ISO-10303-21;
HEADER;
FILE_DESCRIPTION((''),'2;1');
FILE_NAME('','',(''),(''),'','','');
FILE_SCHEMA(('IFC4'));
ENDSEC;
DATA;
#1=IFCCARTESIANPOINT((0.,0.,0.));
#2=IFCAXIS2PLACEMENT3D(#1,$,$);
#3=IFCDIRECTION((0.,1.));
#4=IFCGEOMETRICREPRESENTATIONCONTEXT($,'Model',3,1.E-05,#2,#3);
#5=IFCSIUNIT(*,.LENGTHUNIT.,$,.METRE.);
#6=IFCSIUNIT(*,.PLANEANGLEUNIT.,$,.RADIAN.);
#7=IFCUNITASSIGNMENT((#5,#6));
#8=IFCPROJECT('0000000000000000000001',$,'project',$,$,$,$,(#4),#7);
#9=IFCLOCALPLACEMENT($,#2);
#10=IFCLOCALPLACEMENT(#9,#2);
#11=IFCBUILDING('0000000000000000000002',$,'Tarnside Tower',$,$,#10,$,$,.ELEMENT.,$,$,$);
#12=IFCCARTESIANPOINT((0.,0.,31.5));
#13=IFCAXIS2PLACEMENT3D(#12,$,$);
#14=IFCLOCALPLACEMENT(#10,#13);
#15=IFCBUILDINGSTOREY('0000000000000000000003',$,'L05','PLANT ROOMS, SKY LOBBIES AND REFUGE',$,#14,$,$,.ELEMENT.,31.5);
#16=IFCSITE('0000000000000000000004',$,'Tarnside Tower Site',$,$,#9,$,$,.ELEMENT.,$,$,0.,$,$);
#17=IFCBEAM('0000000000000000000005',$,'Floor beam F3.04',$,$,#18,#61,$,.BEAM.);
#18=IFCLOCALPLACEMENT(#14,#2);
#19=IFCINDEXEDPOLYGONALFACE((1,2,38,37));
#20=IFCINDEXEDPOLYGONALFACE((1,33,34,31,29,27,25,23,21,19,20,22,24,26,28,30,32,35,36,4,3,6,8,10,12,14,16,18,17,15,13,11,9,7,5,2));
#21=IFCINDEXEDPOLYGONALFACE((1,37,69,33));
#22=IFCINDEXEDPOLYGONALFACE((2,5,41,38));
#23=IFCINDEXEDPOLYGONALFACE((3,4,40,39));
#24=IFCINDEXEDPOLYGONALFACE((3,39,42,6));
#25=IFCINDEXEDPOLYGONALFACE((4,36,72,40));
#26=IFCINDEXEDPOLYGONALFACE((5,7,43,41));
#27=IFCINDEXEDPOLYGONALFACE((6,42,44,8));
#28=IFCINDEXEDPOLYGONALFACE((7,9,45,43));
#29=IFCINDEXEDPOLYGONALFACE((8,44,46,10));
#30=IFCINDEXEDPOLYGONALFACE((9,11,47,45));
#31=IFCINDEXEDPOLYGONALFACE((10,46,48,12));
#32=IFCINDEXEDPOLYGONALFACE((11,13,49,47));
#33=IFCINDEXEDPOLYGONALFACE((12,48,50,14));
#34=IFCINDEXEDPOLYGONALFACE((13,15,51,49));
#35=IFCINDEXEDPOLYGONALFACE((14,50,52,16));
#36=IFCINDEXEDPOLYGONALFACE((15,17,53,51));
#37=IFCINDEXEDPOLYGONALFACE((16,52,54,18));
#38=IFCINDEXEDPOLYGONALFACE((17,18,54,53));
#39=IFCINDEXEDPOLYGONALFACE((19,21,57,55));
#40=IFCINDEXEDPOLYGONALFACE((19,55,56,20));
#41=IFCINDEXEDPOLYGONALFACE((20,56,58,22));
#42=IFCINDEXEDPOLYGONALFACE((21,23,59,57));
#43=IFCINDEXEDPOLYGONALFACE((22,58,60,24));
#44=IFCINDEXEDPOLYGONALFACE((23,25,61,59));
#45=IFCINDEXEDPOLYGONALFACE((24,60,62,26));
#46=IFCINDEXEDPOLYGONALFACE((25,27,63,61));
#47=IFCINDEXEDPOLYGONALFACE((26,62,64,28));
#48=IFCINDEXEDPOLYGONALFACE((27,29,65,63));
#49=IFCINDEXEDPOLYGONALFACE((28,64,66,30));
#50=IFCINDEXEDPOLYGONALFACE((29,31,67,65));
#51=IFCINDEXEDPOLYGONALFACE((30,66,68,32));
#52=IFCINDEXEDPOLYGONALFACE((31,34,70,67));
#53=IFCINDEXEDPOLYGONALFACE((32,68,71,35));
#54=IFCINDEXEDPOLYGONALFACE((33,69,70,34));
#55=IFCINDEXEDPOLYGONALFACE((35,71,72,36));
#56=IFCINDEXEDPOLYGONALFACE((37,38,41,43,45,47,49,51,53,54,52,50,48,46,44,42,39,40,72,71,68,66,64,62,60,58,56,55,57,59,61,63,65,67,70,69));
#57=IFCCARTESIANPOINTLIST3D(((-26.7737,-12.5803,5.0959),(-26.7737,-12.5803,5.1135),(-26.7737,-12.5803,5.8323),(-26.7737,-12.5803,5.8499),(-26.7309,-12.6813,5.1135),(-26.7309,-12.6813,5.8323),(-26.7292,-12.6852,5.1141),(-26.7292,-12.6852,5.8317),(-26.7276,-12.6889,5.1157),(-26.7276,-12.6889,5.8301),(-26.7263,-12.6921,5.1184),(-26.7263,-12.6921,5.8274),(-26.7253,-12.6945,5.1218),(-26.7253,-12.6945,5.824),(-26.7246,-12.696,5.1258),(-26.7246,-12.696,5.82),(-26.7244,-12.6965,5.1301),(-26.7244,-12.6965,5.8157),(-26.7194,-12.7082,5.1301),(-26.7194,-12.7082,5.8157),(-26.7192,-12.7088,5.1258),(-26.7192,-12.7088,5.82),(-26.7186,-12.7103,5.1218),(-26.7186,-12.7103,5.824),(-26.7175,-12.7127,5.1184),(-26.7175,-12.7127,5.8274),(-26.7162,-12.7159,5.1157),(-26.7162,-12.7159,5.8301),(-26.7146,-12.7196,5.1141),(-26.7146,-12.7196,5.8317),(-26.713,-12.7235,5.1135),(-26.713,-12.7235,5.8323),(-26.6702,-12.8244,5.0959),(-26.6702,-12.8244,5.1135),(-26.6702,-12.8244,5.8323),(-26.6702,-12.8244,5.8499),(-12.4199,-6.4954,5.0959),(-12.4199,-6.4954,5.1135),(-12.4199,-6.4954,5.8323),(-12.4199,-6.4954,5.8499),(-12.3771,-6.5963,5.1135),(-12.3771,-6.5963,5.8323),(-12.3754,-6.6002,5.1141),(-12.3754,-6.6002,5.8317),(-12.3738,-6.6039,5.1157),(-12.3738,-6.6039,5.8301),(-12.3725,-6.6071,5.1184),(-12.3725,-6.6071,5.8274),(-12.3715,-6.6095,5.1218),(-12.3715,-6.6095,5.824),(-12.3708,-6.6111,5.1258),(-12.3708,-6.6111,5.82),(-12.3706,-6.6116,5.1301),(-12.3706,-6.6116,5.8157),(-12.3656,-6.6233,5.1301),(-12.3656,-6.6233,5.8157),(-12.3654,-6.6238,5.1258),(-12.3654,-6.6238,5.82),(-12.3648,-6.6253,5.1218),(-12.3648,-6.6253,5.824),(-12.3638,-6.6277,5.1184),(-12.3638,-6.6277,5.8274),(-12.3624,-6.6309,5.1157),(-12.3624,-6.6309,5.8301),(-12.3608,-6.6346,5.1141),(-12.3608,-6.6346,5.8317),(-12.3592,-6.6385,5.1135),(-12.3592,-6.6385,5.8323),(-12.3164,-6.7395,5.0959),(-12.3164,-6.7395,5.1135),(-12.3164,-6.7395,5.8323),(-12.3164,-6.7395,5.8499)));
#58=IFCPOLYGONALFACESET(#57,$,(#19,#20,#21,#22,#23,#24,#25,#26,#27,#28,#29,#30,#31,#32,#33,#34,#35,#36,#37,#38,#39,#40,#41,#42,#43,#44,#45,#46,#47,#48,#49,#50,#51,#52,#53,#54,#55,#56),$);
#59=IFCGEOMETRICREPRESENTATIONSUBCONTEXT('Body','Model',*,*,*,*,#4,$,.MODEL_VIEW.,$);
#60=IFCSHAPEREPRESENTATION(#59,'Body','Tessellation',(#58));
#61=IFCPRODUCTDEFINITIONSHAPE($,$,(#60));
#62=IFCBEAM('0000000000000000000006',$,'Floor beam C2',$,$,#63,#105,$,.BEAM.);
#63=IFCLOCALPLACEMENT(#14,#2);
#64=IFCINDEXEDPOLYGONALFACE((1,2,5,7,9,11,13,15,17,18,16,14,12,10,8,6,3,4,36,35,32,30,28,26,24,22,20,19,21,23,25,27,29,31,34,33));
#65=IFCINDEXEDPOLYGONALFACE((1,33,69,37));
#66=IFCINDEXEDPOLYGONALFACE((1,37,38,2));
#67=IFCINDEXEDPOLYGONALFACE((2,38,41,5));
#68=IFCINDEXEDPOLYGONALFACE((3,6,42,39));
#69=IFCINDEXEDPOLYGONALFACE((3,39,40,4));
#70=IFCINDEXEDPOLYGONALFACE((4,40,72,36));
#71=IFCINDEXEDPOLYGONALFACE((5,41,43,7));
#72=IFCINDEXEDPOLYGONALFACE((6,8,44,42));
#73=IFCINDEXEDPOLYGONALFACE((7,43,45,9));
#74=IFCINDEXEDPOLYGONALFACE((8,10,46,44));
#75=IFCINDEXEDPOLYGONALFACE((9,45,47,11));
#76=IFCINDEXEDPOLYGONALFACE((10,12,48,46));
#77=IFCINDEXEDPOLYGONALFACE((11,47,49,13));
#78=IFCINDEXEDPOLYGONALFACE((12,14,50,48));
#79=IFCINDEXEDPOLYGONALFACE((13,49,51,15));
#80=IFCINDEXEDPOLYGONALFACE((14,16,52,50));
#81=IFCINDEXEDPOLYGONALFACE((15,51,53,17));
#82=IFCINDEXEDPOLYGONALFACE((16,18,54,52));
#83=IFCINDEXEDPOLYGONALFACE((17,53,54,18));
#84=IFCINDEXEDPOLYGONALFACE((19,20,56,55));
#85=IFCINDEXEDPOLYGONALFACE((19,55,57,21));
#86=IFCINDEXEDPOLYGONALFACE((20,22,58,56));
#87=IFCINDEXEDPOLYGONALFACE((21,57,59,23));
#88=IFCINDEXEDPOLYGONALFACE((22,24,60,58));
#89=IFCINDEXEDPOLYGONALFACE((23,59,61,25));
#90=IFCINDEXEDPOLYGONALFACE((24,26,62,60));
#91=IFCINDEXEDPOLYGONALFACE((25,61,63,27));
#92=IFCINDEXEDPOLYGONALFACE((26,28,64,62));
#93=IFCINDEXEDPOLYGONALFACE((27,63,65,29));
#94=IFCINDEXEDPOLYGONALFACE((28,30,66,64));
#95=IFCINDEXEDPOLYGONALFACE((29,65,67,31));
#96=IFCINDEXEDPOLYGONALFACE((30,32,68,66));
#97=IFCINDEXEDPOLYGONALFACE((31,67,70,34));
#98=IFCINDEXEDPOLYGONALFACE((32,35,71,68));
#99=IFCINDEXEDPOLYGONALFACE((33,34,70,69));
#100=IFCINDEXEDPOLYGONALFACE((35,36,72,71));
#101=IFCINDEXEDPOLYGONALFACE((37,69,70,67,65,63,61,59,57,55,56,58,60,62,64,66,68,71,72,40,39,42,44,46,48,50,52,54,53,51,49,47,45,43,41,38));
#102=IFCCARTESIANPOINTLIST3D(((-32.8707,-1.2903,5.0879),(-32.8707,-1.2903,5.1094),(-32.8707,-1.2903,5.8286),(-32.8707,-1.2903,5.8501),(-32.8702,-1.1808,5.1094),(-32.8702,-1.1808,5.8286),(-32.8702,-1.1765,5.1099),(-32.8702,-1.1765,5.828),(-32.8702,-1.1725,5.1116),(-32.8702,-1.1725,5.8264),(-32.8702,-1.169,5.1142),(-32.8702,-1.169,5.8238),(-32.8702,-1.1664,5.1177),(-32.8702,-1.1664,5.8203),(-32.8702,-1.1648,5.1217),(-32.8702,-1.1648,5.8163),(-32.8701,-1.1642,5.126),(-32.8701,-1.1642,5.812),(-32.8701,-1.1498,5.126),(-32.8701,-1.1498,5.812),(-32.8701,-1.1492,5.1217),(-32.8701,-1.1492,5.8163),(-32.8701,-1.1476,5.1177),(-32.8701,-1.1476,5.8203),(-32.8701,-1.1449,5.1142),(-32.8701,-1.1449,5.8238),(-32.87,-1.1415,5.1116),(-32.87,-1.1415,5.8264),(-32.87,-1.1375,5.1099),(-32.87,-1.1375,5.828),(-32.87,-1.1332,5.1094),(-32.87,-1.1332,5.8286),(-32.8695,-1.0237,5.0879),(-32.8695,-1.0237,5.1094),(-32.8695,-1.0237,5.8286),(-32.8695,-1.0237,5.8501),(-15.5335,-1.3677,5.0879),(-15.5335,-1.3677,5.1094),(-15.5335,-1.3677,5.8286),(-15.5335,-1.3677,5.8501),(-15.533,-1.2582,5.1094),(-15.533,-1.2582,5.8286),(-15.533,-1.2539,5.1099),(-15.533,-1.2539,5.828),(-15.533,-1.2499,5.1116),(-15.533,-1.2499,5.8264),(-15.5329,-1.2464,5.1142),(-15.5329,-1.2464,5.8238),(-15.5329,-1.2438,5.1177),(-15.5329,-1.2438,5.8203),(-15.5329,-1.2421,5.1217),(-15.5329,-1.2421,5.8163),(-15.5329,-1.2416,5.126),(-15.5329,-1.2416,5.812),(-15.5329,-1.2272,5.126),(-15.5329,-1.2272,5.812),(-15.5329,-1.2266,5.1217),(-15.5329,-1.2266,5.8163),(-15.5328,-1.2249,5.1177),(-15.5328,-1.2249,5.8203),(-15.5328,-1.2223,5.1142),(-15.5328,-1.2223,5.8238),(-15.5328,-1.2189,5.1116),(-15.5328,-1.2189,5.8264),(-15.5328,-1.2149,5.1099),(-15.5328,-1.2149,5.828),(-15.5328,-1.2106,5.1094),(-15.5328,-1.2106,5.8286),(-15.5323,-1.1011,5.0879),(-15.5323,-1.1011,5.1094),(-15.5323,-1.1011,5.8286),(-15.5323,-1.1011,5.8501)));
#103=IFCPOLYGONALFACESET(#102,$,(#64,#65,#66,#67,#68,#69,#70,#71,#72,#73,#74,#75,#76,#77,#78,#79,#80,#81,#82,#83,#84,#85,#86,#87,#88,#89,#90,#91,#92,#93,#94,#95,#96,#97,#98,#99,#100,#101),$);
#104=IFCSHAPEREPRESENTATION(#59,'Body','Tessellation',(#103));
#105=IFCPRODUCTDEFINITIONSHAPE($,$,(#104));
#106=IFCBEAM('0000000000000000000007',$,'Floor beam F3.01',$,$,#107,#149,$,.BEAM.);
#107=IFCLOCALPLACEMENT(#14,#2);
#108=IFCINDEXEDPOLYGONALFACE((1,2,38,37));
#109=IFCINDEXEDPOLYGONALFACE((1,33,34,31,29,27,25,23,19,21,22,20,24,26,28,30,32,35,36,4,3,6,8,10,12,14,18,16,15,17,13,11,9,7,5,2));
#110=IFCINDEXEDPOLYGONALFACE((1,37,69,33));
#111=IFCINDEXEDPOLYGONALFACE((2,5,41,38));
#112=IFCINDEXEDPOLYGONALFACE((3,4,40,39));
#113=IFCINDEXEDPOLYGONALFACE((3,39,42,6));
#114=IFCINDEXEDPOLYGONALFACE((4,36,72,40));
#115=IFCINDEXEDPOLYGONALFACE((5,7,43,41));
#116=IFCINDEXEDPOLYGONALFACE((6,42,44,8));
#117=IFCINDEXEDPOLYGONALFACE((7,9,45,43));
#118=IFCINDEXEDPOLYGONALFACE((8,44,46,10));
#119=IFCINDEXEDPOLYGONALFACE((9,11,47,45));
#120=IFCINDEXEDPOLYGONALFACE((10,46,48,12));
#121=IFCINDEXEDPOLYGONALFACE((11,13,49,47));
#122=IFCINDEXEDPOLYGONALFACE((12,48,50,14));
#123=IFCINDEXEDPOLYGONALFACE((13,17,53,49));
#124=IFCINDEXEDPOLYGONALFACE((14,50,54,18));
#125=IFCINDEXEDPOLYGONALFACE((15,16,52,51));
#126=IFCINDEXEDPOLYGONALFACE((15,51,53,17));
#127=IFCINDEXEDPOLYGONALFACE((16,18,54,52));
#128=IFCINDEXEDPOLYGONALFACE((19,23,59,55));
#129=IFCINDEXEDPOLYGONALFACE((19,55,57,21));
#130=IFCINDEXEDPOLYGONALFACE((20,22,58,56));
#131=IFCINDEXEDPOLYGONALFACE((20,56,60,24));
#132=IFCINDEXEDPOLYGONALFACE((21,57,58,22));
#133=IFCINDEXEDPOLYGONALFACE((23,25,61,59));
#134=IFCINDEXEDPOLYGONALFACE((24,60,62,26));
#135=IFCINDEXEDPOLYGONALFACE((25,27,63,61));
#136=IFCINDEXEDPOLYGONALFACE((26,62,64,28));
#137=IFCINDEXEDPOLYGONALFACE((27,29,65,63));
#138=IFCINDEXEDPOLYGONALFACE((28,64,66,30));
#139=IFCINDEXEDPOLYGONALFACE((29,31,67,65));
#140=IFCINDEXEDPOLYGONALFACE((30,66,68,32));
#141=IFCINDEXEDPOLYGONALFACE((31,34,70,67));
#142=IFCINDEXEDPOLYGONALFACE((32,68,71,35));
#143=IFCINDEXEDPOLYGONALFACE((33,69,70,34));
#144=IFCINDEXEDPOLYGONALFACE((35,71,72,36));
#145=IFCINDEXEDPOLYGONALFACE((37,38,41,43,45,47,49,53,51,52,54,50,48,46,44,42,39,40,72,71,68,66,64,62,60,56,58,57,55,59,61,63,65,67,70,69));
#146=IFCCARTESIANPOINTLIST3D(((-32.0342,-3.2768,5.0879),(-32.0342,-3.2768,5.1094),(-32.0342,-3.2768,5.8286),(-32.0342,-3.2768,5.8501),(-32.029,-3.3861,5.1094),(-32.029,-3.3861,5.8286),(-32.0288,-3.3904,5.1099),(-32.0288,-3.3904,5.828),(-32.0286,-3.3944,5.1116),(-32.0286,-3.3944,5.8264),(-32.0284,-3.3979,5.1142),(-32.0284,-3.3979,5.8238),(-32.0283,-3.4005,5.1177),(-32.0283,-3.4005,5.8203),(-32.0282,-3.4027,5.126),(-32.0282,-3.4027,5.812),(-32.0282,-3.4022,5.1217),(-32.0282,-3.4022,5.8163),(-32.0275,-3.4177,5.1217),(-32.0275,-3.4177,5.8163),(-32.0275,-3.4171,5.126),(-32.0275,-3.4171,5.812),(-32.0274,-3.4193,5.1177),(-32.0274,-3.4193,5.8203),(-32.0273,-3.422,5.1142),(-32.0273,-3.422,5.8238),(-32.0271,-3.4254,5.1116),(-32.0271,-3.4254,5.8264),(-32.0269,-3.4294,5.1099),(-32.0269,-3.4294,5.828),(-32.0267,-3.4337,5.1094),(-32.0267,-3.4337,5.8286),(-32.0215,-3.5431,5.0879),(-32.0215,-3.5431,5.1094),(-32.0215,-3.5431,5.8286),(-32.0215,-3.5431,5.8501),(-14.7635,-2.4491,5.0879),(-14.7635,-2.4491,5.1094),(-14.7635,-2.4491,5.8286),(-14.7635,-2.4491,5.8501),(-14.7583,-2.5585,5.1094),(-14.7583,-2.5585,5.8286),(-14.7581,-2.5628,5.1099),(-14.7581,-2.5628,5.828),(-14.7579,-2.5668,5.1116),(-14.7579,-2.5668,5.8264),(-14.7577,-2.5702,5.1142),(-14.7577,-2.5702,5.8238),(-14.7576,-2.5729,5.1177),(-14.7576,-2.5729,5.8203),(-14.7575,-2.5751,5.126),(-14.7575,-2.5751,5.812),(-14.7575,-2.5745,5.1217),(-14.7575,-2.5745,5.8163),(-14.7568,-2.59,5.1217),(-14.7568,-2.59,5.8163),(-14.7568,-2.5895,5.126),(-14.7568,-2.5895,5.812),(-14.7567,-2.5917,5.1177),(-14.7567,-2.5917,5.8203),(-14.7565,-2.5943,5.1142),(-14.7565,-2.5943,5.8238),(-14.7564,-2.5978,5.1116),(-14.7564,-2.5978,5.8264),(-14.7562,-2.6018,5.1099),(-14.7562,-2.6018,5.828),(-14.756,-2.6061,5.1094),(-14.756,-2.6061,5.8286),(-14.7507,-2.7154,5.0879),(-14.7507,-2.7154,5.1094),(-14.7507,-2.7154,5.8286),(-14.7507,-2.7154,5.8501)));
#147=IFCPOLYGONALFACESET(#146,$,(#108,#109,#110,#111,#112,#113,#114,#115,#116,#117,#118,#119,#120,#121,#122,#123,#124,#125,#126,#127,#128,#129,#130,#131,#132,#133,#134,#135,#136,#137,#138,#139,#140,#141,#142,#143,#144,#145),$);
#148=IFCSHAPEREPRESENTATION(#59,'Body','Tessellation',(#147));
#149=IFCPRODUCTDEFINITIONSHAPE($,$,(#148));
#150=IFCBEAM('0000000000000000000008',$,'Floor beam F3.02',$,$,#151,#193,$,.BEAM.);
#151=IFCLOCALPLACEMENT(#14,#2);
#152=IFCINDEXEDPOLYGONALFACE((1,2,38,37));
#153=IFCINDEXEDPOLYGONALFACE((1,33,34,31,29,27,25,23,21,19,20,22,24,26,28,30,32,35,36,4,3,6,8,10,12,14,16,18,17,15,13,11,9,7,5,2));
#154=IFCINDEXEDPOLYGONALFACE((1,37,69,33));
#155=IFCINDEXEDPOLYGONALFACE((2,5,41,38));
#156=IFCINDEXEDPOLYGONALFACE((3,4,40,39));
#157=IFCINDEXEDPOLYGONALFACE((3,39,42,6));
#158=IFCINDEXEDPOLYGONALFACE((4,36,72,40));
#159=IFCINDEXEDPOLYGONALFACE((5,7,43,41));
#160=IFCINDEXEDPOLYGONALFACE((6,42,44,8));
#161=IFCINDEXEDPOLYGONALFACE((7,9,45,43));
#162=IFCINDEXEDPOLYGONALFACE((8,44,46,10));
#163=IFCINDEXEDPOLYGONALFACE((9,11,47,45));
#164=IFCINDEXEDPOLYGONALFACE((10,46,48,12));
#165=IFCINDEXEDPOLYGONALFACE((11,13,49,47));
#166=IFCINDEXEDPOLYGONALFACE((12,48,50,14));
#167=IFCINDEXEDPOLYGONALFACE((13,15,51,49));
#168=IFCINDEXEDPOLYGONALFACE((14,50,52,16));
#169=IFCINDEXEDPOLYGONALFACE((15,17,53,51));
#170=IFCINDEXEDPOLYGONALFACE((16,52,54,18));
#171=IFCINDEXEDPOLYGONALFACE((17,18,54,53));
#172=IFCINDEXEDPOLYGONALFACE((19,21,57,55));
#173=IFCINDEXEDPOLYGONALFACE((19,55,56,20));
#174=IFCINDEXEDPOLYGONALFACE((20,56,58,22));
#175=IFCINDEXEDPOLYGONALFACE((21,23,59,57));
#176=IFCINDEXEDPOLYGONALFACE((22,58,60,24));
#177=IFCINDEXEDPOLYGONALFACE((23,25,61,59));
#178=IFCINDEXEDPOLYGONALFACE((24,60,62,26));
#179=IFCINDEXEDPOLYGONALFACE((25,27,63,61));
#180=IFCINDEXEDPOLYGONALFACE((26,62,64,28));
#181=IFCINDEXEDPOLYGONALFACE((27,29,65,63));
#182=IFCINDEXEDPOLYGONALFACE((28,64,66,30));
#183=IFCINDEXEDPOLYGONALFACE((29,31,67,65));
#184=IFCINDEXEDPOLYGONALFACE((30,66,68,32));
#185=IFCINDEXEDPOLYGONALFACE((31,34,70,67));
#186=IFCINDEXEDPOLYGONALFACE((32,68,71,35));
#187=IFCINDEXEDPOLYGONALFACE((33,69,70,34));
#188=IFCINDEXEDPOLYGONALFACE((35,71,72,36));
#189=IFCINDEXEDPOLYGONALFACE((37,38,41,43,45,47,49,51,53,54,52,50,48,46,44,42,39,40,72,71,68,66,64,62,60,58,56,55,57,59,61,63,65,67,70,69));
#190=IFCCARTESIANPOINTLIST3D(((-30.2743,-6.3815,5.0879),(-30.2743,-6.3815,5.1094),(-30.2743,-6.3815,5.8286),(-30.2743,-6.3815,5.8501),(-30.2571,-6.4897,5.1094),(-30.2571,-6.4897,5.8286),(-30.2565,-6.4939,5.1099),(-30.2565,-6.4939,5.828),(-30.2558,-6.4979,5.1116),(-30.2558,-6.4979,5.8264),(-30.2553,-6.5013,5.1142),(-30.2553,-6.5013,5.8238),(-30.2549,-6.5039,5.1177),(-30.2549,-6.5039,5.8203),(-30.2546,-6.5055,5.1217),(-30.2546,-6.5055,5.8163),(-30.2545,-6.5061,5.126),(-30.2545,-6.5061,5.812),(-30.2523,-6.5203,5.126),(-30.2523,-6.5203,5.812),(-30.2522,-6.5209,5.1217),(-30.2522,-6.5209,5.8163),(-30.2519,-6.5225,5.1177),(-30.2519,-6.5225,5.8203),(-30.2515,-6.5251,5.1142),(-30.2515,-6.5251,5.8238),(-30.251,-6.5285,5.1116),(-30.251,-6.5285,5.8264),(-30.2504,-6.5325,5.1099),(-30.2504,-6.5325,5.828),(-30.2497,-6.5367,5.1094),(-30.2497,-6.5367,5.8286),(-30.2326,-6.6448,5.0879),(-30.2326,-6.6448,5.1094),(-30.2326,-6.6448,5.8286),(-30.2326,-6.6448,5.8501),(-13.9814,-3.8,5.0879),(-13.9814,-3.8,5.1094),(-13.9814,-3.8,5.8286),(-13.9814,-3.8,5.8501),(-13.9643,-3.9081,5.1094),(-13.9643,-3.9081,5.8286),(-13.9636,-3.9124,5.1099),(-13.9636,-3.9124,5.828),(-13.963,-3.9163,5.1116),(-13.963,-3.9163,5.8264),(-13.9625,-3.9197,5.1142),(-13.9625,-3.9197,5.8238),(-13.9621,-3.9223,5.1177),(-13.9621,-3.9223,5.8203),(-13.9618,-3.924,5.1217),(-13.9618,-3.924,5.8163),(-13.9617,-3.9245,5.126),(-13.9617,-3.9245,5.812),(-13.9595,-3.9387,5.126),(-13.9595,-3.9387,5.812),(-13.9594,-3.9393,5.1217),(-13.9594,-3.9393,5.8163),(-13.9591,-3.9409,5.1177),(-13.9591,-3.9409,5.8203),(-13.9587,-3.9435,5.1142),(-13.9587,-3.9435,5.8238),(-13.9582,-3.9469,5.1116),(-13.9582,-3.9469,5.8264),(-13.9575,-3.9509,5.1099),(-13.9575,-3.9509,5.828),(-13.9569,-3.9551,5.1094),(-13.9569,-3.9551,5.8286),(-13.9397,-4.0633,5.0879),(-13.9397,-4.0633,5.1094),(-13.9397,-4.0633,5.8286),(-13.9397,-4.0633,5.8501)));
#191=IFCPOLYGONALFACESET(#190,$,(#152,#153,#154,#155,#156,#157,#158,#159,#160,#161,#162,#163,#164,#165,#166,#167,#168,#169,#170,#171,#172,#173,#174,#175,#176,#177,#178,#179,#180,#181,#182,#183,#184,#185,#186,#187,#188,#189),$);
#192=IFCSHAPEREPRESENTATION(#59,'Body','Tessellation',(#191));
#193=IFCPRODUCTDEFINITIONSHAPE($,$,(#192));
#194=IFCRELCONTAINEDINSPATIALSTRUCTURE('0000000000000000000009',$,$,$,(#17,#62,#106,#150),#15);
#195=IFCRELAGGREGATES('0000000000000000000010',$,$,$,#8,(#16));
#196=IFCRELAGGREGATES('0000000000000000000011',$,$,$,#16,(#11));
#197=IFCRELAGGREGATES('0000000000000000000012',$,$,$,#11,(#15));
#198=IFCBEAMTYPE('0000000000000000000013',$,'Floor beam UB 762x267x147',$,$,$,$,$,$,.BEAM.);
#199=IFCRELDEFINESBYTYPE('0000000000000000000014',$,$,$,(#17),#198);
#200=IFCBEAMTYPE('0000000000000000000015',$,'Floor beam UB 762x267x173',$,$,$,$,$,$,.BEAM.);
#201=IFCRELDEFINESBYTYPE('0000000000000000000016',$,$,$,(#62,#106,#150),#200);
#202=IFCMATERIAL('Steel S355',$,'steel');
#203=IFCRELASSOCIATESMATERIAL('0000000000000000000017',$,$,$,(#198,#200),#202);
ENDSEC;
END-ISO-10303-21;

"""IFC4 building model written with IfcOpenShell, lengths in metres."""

from ifc_helpers import new_model, si_unit, direction, frame, origin, origin_2d, place, context, subcontext, project, spatial, i_section, extrude, material, material_profile, profile_set, type_object, element, save


model = new_model("IFC4")

# Units and contexts
model_context = context("Model", 3, precision=1e-05, world=origin(), true_north=direction((0.0, 1.0)))
body_context = subcontext(model_context, "Body", "Model", "MODEL_VIEW")
ifc_project = project(units=[si_unit("LENGTHUNIT", "METRE"), si_unit("PLANEANGLEUNIT", "RADIAN")], contexts=[model_context])

# Site, building, storey
site_placement = place(None, origin())
site = spatial("IfcSite", under=ifc_project, at=site_placement, Name="Tarnside Tower Site", CompositionType="ELEMENT", RefElevation=0.0)
building_placement = place(site_placement, origin())
building = spatial("IfcBuilding", under=site, at=building_placement, Name="Tarnside Tower", CompositionType="ELEMENT")
storey_placement = place(building_placement, frame((0.0, 0.0, 31.5)))
storey = spatial("IfcBuildingStorey", under=building, at=storey_placement, Name="L05", Description="PLANT ROOMS, SKY LOBBIES AND REFUGE", CompositionType="ELEMENT", Elevation=31.5)

# Beams
ifc_material_1 = material(Name="Steel S355", Category="steel")
ifc_material_profile_1 = material_profile(ifc_material_1, i_section(OverallWidth=0.2651, OverallDepth=0.7539, WebThickness=0.0127, FlangeThickness=0.0176, FilletRadius=0.0166, at=origin_2d()), Name="UB 762x267x147")
ifc_profile_set_1 = profile_set([ifc_material_profile_1], Name="Steel S355")
beam_type_1 = type_object("IfcBeamType", Name="Floor beam UB 762x267x147", PredefinedType="BEAM", material=ifc_profile_set_1)
beam_1_placement = place(storey_placement, frame((-26.7219, -12.7024, 5.4729), z_axis=(0.920686, 0.390305, 0.0), x_axis=(-0.390305, 0.920686, 0.0)))
element("IfcBeam", 1, at=beam_1_placement, inside=storey, type_object=beam_type_1, Name="Floor beam F3.04", PredefinedType="BEAM", context=body_context, shape_type="SweptSolid", body=[
    extrude(i_section(OverallWidth=0.2651, OverallDepth=0.7539, WebThickness=0.0127, FlangeThickness=0.0176, FilletRadius=0.0166, at=origin_2d()), origin(), (0.0, 0.0, 1.0), 15.5903),
])
ifc_material_profile_2 = material_profile(ifc_material_1, i_section(OverallWidth=0.2666, OverallDepth=0.7622, WebThickness=0.0144, FlangeThickness=0.0215, FilletRadius=0.0166, at=origin_2d()), Name="UB 762x267x173")
ifc_profile_set_2 = profile_set([ifc_material_profile_2], Name="Steel S355")
beam_type_2 = type_object("IfcBeamType", Name="Floor beam UB 762x267x173", PredefinedType="BEAM", material=ifc_profile_set_2)
beam_2_placement = place(storey_placement, frame((-32.8701, -1.157, 5.469), z_axis=(0.99999, -0.004464, 0.0), x_axis=(0.004464, 0.99999, 0.0)))
element("IfcBeam", 2, at=beam_2_placement, inside=storey, type_object=beam_type_2, Name="Floor beam C2", PredefinedType="BEAM", context=body_context, shape_type="SweptSolid", body=[
    extrude(i_section(OverallWidth=0.2666, OverallDepth=0.7622, WebThickness=0.0144, FlangeThickness=0.0215, FilletRadius=0.0166, at=origin_2d()), origin(), (0.0, 0.0, 1.0), 17.3374),
])
beam_3_placement = place(storey_placement, frame((-32.0278, -3.4099, 5.469), z_axis=(0.998854, 0.047866, 0.0), x_axis=(-0.047866, 0.998854, 0.0)))
element("IfcBeam", 3, at=beam_3_placement, inside=storey, type_object=beam_type_2, Name="Floor beam F3.01", PredefinedType="BEAM", context=body_context, shape_type="SweptSolid", body=[
    extrude(i_section(OverallWidth=0.2666, OverallDepth=0.7622, WebThickness=0.0144, FlangeThickness=0.0215, FilletRadius=0.0166, at=origin_2d()), origin(), (0.0, 0.0, 1.0), 17.2905),
])
beam_4_placement = place(storey_placement, frame((-30.2534, -6.5132, 5.469), z_axis=(0.987679, 0.156495, 0.0), x_axis=(-0.156495, 0.987679, 0.0)))
element("IfcBeam", 4, at=beam_4_placement, inside=storey, type_object=beam_type_2, Name="Floor beam F3.02", PredefinedType="BEAM", context=body_context, shape_type="SweptSolid", body=[
    extrude(i_section(OverallWidth=0.2666, OverallDepth=0.7622, WebThickness=0.0144, FlangeThickness=0.0215, FilletRadius=0.0166, at=origin_2d()), origin(), (0.0, 0.0, 1.0), 16.4961),
])

save(model, "model.ifc")
